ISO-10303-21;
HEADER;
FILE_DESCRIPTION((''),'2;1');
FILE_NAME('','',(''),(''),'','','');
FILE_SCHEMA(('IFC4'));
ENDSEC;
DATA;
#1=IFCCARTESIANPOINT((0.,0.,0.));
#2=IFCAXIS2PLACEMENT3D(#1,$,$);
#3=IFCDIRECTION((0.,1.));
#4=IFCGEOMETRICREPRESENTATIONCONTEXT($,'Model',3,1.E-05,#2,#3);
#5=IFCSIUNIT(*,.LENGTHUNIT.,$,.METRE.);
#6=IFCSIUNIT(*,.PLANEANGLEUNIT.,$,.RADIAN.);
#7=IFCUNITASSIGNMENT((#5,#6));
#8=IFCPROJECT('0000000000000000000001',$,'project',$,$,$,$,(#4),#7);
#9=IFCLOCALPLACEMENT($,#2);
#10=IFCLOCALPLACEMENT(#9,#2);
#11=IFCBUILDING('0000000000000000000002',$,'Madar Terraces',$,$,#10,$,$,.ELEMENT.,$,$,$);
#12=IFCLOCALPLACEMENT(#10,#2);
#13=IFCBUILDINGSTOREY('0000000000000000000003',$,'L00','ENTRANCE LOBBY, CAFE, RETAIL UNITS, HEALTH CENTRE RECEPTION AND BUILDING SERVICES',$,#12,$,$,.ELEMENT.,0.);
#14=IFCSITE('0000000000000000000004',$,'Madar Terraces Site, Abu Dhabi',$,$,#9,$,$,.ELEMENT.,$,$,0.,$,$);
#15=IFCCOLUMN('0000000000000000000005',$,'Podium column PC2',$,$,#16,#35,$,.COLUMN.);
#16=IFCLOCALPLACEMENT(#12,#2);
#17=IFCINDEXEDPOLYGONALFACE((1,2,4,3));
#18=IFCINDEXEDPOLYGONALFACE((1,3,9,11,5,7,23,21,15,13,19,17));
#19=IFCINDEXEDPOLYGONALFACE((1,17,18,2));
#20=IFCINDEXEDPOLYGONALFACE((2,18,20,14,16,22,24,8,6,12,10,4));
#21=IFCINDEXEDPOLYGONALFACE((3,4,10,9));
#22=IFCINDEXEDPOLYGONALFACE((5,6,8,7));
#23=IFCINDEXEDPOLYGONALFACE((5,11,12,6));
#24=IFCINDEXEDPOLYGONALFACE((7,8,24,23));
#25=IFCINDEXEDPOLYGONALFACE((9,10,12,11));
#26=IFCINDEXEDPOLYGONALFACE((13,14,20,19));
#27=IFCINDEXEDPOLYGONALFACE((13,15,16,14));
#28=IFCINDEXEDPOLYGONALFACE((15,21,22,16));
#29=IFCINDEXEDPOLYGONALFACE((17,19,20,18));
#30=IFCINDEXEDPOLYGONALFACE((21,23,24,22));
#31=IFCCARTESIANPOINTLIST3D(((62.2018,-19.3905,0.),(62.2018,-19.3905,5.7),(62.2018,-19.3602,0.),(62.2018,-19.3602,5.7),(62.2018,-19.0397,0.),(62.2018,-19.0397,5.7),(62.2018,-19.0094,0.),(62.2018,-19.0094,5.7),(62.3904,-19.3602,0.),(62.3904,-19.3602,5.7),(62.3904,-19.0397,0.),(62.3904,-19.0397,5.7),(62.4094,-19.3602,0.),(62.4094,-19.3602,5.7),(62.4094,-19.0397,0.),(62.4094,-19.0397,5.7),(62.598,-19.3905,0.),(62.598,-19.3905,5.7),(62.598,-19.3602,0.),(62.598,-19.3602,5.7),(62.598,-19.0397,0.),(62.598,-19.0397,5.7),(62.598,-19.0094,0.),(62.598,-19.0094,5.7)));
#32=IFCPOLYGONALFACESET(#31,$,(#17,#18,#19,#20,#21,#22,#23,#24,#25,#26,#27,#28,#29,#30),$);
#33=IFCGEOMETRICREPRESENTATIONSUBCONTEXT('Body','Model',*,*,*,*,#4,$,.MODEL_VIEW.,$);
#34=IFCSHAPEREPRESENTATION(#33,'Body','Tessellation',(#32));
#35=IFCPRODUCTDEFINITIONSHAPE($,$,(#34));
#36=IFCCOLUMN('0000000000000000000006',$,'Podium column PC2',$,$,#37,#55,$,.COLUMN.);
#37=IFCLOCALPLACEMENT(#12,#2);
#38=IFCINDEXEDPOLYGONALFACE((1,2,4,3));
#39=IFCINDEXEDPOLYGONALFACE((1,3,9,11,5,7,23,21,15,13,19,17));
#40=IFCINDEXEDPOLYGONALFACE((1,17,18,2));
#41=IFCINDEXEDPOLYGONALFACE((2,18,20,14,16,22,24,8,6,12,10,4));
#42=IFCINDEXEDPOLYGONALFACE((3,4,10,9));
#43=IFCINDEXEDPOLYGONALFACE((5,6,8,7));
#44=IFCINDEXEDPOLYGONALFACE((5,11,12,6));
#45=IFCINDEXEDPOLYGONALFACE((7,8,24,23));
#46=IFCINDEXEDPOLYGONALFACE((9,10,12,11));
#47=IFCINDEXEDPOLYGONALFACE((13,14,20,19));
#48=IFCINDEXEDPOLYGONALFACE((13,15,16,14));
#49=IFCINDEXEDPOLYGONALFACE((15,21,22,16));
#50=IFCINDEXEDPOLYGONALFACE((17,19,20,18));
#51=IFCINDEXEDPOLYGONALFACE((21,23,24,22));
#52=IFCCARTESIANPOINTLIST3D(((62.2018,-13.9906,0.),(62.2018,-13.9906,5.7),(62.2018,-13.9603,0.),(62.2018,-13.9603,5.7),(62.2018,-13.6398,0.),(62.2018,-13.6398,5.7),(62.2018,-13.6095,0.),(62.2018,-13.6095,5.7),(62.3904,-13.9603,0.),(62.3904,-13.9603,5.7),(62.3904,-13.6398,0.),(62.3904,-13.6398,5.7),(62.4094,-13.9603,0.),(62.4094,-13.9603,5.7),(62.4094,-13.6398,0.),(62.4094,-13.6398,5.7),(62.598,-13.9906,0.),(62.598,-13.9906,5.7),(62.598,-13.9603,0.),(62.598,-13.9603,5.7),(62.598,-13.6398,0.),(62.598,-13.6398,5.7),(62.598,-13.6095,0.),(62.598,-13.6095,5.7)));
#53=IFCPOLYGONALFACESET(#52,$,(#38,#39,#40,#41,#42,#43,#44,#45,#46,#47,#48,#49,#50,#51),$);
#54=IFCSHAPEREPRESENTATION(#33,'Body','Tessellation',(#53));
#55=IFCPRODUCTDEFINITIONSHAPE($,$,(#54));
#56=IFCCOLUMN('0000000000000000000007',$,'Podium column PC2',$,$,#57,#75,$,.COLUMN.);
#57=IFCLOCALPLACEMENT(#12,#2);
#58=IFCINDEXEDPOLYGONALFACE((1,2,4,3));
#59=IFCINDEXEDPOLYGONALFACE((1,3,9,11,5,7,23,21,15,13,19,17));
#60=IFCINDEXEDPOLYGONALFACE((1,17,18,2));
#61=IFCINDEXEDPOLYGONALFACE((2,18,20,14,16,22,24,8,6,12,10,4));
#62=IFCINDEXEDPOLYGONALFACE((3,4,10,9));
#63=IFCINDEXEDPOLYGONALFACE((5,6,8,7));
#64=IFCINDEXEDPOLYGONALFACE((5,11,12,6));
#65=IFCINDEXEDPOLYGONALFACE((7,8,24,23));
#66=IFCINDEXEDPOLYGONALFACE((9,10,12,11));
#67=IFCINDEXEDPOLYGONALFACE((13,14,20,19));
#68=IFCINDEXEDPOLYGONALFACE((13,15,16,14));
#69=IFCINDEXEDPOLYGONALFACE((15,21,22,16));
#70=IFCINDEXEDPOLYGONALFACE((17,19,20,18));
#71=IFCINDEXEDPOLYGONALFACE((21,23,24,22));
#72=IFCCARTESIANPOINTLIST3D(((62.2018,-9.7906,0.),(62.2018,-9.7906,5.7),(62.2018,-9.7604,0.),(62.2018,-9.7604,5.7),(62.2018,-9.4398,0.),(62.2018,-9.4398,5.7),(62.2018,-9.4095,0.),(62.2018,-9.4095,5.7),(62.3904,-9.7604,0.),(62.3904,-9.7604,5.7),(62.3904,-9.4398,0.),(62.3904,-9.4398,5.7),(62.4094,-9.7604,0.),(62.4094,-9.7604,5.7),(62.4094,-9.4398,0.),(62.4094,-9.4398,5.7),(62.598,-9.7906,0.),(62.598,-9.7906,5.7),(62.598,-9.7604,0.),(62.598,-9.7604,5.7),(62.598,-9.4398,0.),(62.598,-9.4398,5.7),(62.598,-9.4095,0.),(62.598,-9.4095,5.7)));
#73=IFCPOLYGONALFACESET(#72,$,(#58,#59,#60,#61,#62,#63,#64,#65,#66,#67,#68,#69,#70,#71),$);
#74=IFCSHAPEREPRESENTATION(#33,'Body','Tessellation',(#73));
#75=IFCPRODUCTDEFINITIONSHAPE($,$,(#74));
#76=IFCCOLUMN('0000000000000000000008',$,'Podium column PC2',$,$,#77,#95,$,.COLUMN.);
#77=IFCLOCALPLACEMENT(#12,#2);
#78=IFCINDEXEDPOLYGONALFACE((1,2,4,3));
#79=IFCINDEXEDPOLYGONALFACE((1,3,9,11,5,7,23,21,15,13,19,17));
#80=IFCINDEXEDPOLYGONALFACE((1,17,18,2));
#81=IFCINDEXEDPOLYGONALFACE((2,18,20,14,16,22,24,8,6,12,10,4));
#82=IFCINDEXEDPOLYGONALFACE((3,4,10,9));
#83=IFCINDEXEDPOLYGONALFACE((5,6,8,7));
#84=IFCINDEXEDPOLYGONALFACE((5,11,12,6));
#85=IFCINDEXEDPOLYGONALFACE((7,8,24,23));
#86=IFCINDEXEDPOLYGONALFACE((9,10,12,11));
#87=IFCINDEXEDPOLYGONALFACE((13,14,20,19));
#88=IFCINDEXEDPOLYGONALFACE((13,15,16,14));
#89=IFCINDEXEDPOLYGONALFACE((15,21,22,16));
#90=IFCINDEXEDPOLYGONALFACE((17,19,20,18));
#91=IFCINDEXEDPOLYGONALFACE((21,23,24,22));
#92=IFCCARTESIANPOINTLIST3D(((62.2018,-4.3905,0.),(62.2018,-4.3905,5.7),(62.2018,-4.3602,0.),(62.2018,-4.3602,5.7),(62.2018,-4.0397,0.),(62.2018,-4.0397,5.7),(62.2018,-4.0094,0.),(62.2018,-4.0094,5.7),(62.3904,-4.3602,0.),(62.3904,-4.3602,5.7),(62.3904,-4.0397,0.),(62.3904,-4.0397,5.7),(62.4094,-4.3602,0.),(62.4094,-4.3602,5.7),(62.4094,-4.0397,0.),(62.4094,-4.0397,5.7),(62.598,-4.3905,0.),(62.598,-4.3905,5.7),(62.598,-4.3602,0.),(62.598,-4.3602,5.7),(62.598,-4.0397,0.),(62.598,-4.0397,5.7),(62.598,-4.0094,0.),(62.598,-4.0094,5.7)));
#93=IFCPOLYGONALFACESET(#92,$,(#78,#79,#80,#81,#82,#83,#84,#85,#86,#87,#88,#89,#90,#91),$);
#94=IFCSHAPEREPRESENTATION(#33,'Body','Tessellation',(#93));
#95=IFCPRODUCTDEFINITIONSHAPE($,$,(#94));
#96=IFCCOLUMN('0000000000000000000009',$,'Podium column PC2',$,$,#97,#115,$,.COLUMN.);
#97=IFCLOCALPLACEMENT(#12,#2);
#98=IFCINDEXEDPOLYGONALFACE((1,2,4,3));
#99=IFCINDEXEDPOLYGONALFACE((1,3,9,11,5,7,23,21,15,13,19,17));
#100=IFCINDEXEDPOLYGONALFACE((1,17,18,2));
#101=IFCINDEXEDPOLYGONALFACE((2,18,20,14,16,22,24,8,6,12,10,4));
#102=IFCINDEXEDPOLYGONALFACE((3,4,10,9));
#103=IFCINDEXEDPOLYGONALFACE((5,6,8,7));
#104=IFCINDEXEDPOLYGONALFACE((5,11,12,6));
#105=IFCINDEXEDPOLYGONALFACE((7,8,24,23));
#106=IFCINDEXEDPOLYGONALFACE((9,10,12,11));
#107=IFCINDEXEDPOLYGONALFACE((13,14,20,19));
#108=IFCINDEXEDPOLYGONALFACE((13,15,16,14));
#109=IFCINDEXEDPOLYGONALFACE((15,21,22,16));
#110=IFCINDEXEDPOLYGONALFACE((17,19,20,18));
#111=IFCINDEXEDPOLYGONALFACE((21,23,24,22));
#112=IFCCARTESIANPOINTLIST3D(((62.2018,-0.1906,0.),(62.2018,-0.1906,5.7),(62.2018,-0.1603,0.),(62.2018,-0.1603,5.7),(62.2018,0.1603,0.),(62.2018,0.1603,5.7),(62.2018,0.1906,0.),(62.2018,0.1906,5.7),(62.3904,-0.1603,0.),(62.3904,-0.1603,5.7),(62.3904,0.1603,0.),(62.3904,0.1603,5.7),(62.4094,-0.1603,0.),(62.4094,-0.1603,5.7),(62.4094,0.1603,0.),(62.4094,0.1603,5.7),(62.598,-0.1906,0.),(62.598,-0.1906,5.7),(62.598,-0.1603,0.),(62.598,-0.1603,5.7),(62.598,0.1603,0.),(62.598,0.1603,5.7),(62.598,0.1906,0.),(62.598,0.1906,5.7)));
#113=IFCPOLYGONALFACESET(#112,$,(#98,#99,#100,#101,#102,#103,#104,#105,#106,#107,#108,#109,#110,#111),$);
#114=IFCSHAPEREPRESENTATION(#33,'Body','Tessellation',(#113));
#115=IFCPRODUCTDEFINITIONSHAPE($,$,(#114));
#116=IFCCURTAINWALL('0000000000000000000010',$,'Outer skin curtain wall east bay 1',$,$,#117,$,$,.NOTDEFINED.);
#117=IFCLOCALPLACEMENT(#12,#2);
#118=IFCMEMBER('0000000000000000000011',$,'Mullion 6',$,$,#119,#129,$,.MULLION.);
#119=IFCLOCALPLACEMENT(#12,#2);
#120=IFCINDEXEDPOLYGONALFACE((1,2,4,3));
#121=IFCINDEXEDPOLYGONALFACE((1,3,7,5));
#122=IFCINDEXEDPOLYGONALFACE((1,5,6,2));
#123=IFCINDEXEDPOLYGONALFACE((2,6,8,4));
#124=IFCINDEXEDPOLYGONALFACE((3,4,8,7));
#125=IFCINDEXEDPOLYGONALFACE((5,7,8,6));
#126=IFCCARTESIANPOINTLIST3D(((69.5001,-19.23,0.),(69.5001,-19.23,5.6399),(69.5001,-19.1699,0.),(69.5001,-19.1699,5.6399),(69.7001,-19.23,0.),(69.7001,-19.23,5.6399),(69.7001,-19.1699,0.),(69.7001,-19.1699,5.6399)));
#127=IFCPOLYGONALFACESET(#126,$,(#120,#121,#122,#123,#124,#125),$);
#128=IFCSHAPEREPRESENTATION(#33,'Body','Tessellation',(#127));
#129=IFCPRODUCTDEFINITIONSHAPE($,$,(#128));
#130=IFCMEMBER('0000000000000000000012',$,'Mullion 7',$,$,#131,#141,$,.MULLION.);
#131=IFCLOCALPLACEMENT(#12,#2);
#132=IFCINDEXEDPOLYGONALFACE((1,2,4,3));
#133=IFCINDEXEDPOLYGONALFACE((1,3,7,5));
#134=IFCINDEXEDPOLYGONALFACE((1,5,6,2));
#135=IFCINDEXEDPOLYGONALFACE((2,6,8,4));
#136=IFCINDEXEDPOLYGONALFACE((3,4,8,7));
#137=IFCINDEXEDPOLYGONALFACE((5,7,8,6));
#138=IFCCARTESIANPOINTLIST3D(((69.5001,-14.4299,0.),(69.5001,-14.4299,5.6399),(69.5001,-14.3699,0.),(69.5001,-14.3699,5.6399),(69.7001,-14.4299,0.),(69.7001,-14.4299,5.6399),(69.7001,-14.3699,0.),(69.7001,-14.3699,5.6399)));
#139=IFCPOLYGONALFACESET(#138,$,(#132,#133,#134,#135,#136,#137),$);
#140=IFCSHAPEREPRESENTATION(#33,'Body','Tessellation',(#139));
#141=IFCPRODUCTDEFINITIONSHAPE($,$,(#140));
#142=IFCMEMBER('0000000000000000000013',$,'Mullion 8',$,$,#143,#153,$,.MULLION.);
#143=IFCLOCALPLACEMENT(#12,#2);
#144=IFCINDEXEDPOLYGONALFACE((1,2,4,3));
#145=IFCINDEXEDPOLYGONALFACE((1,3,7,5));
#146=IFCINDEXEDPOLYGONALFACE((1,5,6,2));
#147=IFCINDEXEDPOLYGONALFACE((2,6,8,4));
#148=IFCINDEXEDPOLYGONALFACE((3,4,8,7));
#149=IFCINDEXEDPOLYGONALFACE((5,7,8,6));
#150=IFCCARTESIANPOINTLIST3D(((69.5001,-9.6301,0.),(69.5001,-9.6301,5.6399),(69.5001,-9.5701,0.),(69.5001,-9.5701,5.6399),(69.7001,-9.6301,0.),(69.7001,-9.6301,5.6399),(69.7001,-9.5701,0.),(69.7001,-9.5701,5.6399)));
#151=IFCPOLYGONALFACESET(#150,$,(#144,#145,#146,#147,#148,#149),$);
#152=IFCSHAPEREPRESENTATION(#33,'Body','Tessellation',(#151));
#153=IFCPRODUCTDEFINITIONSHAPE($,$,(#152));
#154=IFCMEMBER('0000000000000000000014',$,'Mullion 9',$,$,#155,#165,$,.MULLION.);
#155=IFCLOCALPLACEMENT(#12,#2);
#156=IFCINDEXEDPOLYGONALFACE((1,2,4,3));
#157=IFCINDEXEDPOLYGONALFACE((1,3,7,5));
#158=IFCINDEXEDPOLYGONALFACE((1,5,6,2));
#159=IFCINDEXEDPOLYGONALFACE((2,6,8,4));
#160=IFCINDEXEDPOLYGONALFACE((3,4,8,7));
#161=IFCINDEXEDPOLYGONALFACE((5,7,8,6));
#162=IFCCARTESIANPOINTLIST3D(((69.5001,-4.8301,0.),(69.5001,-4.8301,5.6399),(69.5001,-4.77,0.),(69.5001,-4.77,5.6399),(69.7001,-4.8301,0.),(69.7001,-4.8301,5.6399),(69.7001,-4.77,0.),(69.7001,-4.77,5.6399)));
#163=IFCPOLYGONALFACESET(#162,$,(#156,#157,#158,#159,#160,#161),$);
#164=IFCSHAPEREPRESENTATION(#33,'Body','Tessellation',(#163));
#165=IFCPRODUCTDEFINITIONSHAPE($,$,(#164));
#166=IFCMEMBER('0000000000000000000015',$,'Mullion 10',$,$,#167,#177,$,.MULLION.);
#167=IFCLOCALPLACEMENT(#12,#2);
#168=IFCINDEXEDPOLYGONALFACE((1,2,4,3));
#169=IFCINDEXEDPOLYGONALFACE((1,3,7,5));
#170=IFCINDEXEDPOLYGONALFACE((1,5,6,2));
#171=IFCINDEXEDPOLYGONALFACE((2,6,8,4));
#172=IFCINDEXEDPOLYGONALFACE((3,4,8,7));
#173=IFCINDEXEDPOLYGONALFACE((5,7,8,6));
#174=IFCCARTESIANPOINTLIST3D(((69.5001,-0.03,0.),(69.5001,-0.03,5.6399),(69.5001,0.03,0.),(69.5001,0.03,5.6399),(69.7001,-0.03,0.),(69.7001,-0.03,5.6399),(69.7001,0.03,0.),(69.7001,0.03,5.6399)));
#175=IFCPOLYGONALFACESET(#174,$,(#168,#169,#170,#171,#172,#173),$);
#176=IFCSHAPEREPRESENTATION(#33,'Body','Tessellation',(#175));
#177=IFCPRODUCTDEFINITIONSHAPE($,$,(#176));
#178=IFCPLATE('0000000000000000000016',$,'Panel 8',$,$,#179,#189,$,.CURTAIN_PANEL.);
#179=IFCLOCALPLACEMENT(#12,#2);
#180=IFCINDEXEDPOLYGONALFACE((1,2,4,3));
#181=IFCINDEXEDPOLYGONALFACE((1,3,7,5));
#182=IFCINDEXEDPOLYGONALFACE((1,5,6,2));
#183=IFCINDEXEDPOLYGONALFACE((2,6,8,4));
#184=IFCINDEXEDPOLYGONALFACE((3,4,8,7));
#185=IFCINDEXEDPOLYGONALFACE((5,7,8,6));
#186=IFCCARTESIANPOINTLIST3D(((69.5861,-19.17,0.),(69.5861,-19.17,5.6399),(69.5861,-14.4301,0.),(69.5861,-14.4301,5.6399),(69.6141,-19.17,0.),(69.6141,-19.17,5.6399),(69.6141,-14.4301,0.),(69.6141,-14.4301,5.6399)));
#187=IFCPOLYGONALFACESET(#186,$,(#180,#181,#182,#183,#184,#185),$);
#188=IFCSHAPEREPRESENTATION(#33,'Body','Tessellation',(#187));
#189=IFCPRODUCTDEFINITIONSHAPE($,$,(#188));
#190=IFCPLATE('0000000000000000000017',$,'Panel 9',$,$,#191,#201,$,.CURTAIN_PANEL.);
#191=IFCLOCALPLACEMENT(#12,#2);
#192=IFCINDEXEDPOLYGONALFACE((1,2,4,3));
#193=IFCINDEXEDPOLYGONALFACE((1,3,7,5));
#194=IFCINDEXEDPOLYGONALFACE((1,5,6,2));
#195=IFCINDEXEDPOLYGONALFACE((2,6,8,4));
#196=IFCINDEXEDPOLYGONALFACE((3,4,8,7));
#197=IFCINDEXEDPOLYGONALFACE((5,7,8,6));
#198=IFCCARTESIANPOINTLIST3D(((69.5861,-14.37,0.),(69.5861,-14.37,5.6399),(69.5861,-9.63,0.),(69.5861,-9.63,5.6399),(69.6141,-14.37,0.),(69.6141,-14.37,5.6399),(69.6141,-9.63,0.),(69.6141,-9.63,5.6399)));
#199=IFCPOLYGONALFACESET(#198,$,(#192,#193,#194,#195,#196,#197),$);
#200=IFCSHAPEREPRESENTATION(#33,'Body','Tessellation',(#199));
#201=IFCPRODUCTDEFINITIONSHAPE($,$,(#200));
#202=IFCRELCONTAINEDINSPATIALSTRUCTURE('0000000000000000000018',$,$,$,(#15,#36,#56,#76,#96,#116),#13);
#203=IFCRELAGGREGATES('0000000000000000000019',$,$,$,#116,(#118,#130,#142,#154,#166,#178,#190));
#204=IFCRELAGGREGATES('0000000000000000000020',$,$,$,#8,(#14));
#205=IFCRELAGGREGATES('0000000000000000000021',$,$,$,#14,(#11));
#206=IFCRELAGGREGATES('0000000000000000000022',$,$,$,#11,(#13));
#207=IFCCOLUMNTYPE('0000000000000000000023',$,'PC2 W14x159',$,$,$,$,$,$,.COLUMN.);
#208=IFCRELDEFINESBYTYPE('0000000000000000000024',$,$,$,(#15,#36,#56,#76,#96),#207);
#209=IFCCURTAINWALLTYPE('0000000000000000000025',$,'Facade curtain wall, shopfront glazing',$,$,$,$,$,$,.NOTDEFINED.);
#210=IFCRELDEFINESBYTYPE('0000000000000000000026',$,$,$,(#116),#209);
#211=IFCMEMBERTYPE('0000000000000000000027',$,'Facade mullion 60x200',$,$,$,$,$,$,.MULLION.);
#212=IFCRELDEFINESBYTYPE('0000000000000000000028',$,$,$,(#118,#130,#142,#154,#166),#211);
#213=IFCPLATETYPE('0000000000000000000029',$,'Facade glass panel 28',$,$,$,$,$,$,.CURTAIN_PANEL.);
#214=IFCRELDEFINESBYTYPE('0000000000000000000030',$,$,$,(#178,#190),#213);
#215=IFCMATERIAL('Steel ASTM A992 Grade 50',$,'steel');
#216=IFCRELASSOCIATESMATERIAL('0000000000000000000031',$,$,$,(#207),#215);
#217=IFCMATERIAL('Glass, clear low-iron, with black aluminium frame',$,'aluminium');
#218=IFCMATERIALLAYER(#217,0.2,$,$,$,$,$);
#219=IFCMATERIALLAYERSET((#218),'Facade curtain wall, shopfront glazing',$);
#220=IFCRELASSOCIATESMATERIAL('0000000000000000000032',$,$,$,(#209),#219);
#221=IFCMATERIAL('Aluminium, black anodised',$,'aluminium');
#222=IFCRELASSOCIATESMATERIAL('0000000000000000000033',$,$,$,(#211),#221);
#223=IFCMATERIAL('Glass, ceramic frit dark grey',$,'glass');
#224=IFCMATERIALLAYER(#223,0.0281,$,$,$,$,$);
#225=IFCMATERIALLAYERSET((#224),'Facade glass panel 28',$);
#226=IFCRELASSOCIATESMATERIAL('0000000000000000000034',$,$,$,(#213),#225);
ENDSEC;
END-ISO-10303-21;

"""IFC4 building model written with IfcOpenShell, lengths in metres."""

from ifc_helpers import new_model, si_unit, direction, frame, origin, origin_2d, place, context, subcontext, project, spatial, rectangle, i_section, extrude, material, layer, layer_set, material_profile, profile_set, type_object, element, aggregate, save


model = new_model("IFC4")

# Units and contexts
model_context = context("Model", 3, precision=1e-05, world=origin(), true_north=direction((0.0, 1.0)))
body_context = subcontext(model_context, "Body", "Model", "MODEL_VIEW")
ifc_project = project(units=[si_unit("LENGTHUNIT", "METRE"), si_unit("PLANEANGLEUNIT", "RADIAN")], contexts=[model_context])

# Site, building, storey
site_placement = place(None, origin())
site = spatial("IfcSite", under=ifc_project, at=site_placement, Name="Madar Terraces Site, Abu Dhabi", CompositionType="ELEMENT", RefElevation=0.0)
building_placement = place(site_placement, origin())
building = spatial("IfcBuilding", under=site, at=building_placement, Name="Madar Terraces", CompositionType="ELEMENT")
storey_placement = place(building_placement, origin())
storey = spatial("IfcBuildingStorey", under=building, at=storey_placement, Name="L00", Description="ENTRANCE LOBBY, CAFE, RETAIL UNITS, HEALTH CENTRE RECEPTION AND BUILDING SERVICES", CompositionType="ELEMENT", Elevation=0.0)

# Columns
ifc_material_1 = material(Name="Steel ASTM A992 Grade 50", Category="steel")
ifc_material_profile_1 = material_profile(ifc_material_1, i_section(OverallWidth=0.3962, OverallDepth=0.3811, WebThickness=0.019, FlangeThickness=0.0303, at=origin_2d()), Name="W14x159")
ifc_profile_set_1 = profile_set([ifc_material_profile_1], Name="Steel ASTM A992 Grade 50")
column_type_1 = type_object("IfcColumnType", Name="PC2 W14x159", PredefinedType="COLUMN", material=ifc_profile_set_1)
for number, where, z_axis, x_axis, name in (
    (1, (62.3999, -19.2, 0.0), (0.0, 0.0, 1.0), (1.0, 0.0, 0.0), "Podium column PC2"),
    (2, (62.3999, -13.8, 0.0), (0.0, 0.0, 1.0), (1.0, 0.0, 0.0), "Podium column PC2"),
    (3, (62.3999, -9.6001, 0.0), (0.0, 0.0, 1.0), (1.0, 0.0, 0.0), "Podium column PC2"),
    (4, (62.3999, -4.2, 0.0), (0.0, 0.0, 1.0), (1.0, 0.0, 0.0), "Podium column PC2"),
    (5, (62.3999, 0.0, 0.0), (0.0, 0.0, 1.0), (1.0, 0.0, 0.0), "Podium column PC2"),
):
    element("IfcColumn", number, at=place(storey_placement, frame(where, z_axis=z_axis, x_axis=x_axis)), inside=storey, type_object=column_type_1, Name=name, PredefinedType="COLUMN", context=body_context, shape_type="SweptSolid", body=[
        extrude(i_section(OverallWidth=0.3962, OverallDepth=0.3811, WebThickness=0.019, FlangeThickness=0.0303, at=origin_2d()), origin(), (0.0, 0.0, 1.0), 5.7),
    ])

# Curtain wall, members, plates
ifc_material_2 = material(Name="Glass, clear low-iron, with black aluminium frame", Category="aluminium")
ifc_layer_1 = layer(ifc_material_2, 0.2)
ifc_layer_set_1 = layer_set([ifc_layer_1], Name="Facade curtain wall, shopfront glazing")
curtain_wall_type = type_object("IfcCurtainWallType", Name="Facade curtain wall, shopfront glazing", PredefinedType="NOTDEFINED", material=ifc_layer_set_1)
curtain_wall_placement = place(storey_placement, origin())
curtain_wall = element("IfcCurtainWall", 6, at=curtain_wall_placement, inside=storey, type_object=curtain_wall_type, Name="Outer skin curtain wall east bay 1", PredefinedType="NOTDEFINED")
ifc_material_3 = material(Name="Aluminium, black anodised", Category="aluminium")
ifc_material_profile_2 = material_profile(ifc_material_3, rectangle(XDim=0.2, YDim=0.0601, at=origin_2d()), Name="Facade mullion 60x200")
ifc_profile_set_2 = profile_set([ifc_material_profile_2], Name="Aluminium, black anodised")
member_type = type_object("IfcMemberType", Name="Facade mullion 60x200", PredefinedType="MULLION", material=ifc_profile_set_2)
member_1_placement = place(storey_placement, frame((69.6001, -19.2, 0.0), z_axis=(0.0, 0.0, 1.0), x_axis=(-1.0, 0.0, 0.0)))
member_1 = element("IfcMember", 7, at=member_1_placement, type_object=member_type, Name="Mullion 6", PredefinedType="MULLION", context=body_context, shape_type="SweptSolid", body=[
    extrude(rectangle(XDim=0.2, YDim=0.0601, at=origin_2d()), origin(), (0.0, 0.0, 1.0), 5.6399),
])
member_2_placement = place(storey_placement, frame((69.6001, -14.3999, 0.0), z_axis=(0.0, 0.0, 1.0), x_axis=(-1.0, 0.0, 0.0)))
member_2 = element("IfcMember", 8, at=member_2_placement, type_object=member_type, Name="Mullion 7", PredefinedType="MULLION", context=body_context, shape_type="SweptSolid", body=[
    extrude(rectangle(XDim=0.2, YDim=0.0601, at=origin_2d()), origin(), (0.0, 0.0, 1.0), 5.6399),
])
member_3_placement = place(storey_placement, frame((69.6001, -9.6001, 0.0), z_axis=(0.0, 0.0, 1.0), x_axis=(-1.0, 0.0, 0.0)))
member_3 = element("IfcMember", 9, at=member_3_placement, type_object=member_type, Name="Mullion 8", PredefinedType="MULLION", context=body_context, shape_type="SweptSolid", body=[
    extrude(rectangle(XDim=0.2, YDim=0.0601, at=origin_2d()), origin(), (0.0, 0.0, 1.0), 5.6399),
])
member_4_placement = place(storey_placement, frame((69.6001, -4.8, 0.0), z_axis=(0.0, 0.0, 1.0), x_axis=(-1.0, 0.0, 0.0)))
member_4 = element("IfcMember", 10, at=member_4_placement, type_object=member_type, Name="Mullion 9", PredefinedType="MULLION", context=body_context, shape_type="SweptSolid", body=[
    extrude(rectangle(XDim=0.2, YDim=0.0601, at=origin_2d()), origin(), (0.0, 0.0, 1.0), 5.6399),
])
member_5_placement = place(storey_placement, frame((69.6001, 0.0, 0.0), z_axis=(0.0, 0.0, 1.0), x_axis=(-1.0, 0.0, 0.0)))
member_5 = element("IfcMember", 11, at=member_5_placement, type_object=member_type, Name="Mullion 10", PredefinedType="MULLION", context=body_context, shape_type="SweptSolid", body=[
    extrude(rectangle(XDim=0.2, YDim=0.0601, at=origin_2d()), origin(), (0.0, 0.0, 1.0), 5.6399),
])
ifc_material_4 = material(Name="Glass, ceramic frit dark grey", Category="glass")
ifc_layer_2 = layer(ifc_material_4, 0.0281)
ifc_layer_set_2 = layer_set([ifc_layer_2], Name="Facade glass panel 28")
plate_type = type_object("IfcPlateType", Name="Facade glass panel 28", PredefinedType="CURTAIN_PANEL", material=ifc_layer_set_2)
plate_1_placement = place(storey_placement, frame((69.6001, -16.8, 0.0), z_axis=(0.0, 0.0, 1.0), x_axis=(0.0, 1.0, 0.0)))
plate_1 = element("IfcPlate", 12, at=plate_1_placement, type_object=plate_type, Name="Panel 8", PredefinedType="CURTAIN_PANEL", context=body_context, shape_type="SweptSolid", body=[
    extrude(rectangle(XDim=4.74, YDim=0.0281, at=origin_2d()), origin(), (0.0, 0.0, 1.0), 5.6399),
])
plate_2_placement = place(storey_placement, frame((69.6001, -12.0, 0.0), z_axis=(0.0, 0.0, 1.0), x_axis=(0.0, 1.0, 0.0)))
plate_2 = element("IfcPlate", 13, at=plate_2_placement, type_object=plate_type, Name="Panel 9", PredefinedType="CURTAIN_PANEL", context=body_context, shape_type="SweptSolid", body=[
    extrude(rectangle(XDim=4.74, YDim=0.0281, at=origin_2d()), origin(), (0.0, 0.0, 1.0), 5.6399),
])
aggregate(curtain_wall, [member_1, member_2, member_3, member_4, member_5, plate_1, plate_2])

save(model, "model.ifc")
